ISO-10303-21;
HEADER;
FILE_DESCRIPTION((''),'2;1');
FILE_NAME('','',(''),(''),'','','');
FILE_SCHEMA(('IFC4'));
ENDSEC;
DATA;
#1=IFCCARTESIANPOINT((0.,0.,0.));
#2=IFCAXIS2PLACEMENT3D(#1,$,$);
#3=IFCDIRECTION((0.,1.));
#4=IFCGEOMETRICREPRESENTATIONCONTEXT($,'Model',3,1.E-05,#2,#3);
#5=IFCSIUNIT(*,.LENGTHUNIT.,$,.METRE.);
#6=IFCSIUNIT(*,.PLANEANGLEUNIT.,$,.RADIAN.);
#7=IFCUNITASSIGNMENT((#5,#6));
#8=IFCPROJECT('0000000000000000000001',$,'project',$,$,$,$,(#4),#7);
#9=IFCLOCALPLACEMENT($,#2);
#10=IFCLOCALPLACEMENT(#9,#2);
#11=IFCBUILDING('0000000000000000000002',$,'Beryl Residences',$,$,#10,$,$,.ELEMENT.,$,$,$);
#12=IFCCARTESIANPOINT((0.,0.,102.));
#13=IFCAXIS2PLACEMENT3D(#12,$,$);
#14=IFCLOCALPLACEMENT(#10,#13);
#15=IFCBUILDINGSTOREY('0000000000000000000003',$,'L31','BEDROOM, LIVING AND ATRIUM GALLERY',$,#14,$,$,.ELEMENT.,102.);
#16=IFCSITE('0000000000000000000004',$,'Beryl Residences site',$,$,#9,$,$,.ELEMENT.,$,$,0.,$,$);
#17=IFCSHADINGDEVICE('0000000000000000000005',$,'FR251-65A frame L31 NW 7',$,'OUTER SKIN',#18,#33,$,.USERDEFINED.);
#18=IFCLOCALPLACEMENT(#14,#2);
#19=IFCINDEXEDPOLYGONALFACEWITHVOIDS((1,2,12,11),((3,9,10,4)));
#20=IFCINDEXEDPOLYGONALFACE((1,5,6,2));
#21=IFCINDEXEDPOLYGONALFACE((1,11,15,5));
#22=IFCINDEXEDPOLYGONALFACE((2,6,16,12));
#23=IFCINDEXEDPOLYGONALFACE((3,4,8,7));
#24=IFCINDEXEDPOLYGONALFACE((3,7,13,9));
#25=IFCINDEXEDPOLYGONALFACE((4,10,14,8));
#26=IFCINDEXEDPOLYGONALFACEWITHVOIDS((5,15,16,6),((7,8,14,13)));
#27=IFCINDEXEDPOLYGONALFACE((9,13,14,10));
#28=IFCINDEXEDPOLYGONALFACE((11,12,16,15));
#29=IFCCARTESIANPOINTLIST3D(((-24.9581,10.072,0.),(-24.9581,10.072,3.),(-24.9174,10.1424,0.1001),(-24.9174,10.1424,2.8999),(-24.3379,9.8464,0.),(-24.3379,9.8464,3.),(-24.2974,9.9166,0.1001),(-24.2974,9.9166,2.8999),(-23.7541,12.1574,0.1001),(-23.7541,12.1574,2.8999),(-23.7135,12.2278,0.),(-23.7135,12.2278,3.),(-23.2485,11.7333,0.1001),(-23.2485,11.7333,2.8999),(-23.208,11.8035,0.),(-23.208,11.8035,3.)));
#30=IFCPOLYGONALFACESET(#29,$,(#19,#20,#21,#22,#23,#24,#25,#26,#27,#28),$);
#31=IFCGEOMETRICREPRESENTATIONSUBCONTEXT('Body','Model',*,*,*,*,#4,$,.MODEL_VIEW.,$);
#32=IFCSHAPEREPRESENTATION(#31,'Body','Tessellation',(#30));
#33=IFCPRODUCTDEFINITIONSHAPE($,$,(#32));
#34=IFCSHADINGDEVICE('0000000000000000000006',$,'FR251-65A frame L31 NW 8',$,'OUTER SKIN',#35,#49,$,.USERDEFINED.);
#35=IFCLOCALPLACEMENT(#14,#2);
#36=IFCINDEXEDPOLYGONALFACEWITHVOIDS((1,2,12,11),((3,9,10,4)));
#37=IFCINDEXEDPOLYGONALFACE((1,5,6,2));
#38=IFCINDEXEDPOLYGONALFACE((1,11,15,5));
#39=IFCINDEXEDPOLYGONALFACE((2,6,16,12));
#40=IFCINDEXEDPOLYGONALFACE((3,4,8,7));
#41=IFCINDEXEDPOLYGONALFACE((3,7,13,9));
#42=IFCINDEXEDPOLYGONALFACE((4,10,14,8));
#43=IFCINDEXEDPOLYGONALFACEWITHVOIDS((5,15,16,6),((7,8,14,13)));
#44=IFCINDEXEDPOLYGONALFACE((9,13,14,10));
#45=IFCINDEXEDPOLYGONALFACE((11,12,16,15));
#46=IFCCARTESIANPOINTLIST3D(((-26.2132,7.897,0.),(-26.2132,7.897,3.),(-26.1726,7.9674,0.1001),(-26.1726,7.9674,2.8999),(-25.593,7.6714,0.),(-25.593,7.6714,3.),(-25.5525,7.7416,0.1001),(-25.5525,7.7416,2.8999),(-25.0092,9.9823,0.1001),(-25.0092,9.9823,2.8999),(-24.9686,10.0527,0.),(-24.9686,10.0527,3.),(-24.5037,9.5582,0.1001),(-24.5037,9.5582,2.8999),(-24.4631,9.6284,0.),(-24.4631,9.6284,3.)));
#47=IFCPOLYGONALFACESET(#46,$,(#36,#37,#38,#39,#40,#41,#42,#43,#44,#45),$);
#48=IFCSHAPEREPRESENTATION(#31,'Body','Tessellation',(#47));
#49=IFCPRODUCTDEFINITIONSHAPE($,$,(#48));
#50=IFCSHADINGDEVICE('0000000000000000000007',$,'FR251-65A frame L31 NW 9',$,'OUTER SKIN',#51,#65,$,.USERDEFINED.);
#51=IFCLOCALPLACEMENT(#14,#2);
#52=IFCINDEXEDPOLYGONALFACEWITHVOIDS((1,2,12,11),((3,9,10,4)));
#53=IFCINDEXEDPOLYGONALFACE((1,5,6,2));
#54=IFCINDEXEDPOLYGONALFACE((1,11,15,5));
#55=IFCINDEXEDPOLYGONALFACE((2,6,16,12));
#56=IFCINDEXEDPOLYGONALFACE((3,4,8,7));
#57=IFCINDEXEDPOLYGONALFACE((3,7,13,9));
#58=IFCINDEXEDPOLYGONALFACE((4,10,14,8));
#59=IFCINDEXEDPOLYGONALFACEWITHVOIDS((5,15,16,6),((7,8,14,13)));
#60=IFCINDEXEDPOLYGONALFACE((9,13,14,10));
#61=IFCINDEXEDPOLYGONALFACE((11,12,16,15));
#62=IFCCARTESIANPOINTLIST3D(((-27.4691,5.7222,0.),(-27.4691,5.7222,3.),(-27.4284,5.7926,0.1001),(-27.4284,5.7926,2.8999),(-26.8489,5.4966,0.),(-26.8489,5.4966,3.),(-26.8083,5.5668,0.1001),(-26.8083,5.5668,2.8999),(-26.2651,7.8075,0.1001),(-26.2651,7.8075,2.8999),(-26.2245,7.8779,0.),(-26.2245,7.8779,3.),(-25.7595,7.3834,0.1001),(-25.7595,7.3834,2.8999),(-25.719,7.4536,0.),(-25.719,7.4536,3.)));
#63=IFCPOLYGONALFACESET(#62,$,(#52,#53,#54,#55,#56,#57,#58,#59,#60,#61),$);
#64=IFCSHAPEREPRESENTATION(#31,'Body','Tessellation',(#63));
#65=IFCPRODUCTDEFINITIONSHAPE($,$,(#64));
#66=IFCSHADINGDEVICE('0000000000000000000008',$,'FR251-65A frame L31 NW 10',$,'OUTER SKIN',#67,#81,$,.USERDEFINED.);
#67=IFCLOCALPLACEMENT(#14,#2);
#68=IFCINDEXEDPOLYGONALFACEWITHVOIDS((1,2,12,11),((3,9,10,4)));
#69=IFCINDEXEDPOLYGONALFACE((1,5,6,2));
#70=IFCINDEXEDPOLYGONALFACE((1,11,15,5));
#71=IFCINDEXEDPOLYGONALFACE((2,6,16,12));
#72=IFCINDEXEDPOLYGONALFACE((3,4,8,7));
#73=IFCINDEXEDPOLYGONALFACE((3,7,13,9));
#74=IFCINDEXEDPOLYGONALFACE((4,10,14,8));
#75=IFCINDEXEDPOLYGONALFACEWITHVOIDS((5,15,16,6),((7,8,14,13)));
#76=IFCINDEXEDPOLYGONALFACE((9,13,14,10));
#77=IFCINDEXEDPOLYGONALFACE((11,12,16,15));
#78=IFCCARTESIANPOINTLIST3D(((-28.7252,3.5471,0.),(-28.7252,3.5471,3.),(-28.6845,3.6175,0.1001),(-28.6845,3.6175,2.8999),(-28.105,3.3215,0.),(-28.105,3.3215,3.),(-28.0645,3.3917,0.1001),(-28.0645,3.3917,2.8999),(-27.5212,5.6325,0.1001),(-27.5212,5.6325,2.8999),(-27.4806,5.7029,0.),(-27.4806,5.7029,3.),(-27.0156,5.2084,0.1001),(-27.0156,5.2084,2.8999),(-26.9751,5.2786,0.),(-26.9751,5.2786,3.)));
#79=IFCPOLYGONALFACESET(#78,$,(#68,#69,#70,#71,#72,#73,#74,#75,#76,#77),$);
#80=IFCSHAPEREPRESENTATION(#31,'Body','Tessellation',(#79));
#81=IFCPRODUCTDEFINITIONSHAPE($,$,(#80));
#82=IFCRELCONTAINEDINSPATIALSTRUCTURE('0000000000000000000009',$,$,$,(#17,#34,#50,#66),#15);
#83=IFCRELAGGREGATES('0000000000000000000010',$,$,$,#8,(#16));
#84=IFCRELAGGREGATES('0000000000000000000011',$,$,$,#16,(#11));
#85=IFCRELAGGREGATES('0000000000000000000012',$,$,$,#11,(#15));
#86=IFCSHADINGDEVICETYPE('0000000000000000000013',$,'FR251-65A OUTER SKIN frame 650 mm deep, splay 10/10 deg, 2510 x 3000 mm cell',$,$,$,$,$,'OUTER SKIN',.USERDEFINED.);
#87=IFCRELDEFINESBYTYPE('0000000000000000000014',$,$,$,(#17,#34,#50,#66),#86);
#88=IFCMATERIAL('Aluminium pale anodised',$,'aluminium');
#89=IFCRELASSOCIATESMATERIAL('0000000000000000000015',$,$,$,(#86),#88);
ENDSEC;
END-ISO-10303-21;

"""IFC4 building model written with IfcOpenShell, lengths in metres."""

from ifc_helpers import new_model, entity, si_unit, direction, frame, origin, place, context, subcontext, project, spatial, source, transform, mapped, material, type_object, type_shapes, element, save


model = new_model("IFC4")

# Units and contexts
model_context = context("Model", 3, precision=1e-05, world=origin(), true_north=direction((0.0, 1.0)))
body_context = subcontext(model_context, "Body", "Model", "MODEL_VIEW")
ifc_project = project(units=[si_unit("LENGTHUNIT", "METRE"), si_unit("PLANEANGLEUNIT", "RADIAN")], contexts=[model_context])

# Site, building, storey
site_placement = place(None, origin())
site = spatial("IfcSite", under=ifc_project, at=site_placement, Name="Beryl Residences site", CompositionType="ELEMENT", RefElevation=0.0)
building_placement = place(site_placement, origin())
building = spatial("IfcBuilding", under=site, at=building_placement, Name="Beryl Residences", CompositionType="ELEMENT")
storey_placement = place(building_placement, frame((0.0, 0.0, 102.0)))
storey = spatial("IfcBuildingStorey", under=building, at=storey_placement, Name="L31", Description="BEDROOM, LIVING AND ATRIUM GALLERY", CompositionType="ELEMENT", Elevation=102.0)

# Shading devices
ifc_material_1 = material(Name="Aluminium pale anodised", Category="aluminium")
shading_device_type_1 = type_object("IfcShadingDeviceType", Name="FR251-65A OUTER SKIN frame 650 mm deep, splay 10/10 deg, 2510 x 3000 mm cell", ElementType="OUTER SKIN", PredefinedType="USERDEFINED", material=ifc_material_1)
cartesian_point_1 = entity("IfcCartesianPoint", [-1.1299, 0.0])
cartesian_point_2 = entity("IfcCartesianPoint", [-1.0488, 0.1001])
cartesian_point_3 = entity("IfcCartesianPoint", [-1.2446, 0.0])
cartesian_point_4 = entity("IfcCartesianPoint", [-1.1633, 0.1001])
shared_shape_1 = source(origin(), body_context, "Body", "SweptSolid", [
    entity("IfcExtrudedAreaSolidTapered", entity("IfcArbitraryProfileDefWithVoids", "AREA", None, entity("IfcPolyline", [cartesian_point_1, entity("IfcCartesianPoint", [1.1299, 0.0]), entity("IfcCartesianPoint", [1.1299, 3.0]), entity("IfcCartesianPoint", [-1.1299, 3.0]), cartesian_point_1]), [entity("IfcPolyline", [cartesian_point_2, entity("IfcCartesianPoint", [1.0488, 0.1001]), entity("IfcCartesianPoint", [1.0488, 2.8999]), entity("IfcCartesianPoint", [-1.0488, 2.8999]), cartesian_point_2])]), entity("IfcAxis2Placement3D", entity("IfcCartesianPoint", [0.0, 0.0, 0.0]), entity("IfcDirection", [0.0, 1.0, 0.0]), entity("IfcDirection", [-1.0, 0.0, 0.0])), entity("IfcDirection", [0.0, 0.0, 1.0]), 0.6499, entity("IfcArbitraryProfileDefWithVoids", "AREA", None, entity("IfcPolyline", [cartesian_point_3, entity("IfcCartesianPoint", [1.2446, 0.0]), entity("IfcCartesianPoint", [1.2446, 3.0]), entity("IfcCartesianPoint", [-1.2446, 3.0]), cartesian_point_3]), [entity("IfcPolyline", [cartesian_point_4, entity("IfcCartesianPoint", [1.1633, 0.1001]), entity("IfcCartesianPoint", [1.1633, 2.8999]), entity("IfcCartesianPoint", [-1.1633, 2.8999]), cartesian_point_4])])),
])
type_shapes(shading_device_type_1, [shared_shape_1])
for number, where, z_axis, x_axis, name in (
    (1, (-23.7729, 10.825, 0.0), (0.0, 0.0, 1.0), (0.5, 0.866025, 0.0), "FR251-65A frame L31 NW 7"),
    (2, (-25.0281, 8.6499, 0.0), (0.0, 0.0, 1.0), (0.5, 0.866025, 0.0), "FR251-65A frame L31 NW 8"),
    (3, (-26.2839, 6.4751, 0.0), (0.0, 0.0, 1.0), (0.5, 0.866025, 0.0), "FR251-65A frame L31 NW 9"),
    (4, (-27.54, 4.3, 0.0), (0.0, 0.0, 1.0), (0.5, 0.866025, 0.0), "FR251-65A frame L31 NW 10"),
):
    element("IfcShadingDevice", number, at=place(storey_placement, frame(where, z_axis=z_axis, x_axis=x_axis)), inside=storey, type_object=shading_device_type_1, Name=name, ObjectType="OUTER SKIN", PredefinedType="USERDEFINED", context=body_context, shape_type="MappedRepresentation", body=[
        mapped(shared_shape_1, transform((0.0, 0.0, 0.0))),
    ])

save(model, "model.ifc")
